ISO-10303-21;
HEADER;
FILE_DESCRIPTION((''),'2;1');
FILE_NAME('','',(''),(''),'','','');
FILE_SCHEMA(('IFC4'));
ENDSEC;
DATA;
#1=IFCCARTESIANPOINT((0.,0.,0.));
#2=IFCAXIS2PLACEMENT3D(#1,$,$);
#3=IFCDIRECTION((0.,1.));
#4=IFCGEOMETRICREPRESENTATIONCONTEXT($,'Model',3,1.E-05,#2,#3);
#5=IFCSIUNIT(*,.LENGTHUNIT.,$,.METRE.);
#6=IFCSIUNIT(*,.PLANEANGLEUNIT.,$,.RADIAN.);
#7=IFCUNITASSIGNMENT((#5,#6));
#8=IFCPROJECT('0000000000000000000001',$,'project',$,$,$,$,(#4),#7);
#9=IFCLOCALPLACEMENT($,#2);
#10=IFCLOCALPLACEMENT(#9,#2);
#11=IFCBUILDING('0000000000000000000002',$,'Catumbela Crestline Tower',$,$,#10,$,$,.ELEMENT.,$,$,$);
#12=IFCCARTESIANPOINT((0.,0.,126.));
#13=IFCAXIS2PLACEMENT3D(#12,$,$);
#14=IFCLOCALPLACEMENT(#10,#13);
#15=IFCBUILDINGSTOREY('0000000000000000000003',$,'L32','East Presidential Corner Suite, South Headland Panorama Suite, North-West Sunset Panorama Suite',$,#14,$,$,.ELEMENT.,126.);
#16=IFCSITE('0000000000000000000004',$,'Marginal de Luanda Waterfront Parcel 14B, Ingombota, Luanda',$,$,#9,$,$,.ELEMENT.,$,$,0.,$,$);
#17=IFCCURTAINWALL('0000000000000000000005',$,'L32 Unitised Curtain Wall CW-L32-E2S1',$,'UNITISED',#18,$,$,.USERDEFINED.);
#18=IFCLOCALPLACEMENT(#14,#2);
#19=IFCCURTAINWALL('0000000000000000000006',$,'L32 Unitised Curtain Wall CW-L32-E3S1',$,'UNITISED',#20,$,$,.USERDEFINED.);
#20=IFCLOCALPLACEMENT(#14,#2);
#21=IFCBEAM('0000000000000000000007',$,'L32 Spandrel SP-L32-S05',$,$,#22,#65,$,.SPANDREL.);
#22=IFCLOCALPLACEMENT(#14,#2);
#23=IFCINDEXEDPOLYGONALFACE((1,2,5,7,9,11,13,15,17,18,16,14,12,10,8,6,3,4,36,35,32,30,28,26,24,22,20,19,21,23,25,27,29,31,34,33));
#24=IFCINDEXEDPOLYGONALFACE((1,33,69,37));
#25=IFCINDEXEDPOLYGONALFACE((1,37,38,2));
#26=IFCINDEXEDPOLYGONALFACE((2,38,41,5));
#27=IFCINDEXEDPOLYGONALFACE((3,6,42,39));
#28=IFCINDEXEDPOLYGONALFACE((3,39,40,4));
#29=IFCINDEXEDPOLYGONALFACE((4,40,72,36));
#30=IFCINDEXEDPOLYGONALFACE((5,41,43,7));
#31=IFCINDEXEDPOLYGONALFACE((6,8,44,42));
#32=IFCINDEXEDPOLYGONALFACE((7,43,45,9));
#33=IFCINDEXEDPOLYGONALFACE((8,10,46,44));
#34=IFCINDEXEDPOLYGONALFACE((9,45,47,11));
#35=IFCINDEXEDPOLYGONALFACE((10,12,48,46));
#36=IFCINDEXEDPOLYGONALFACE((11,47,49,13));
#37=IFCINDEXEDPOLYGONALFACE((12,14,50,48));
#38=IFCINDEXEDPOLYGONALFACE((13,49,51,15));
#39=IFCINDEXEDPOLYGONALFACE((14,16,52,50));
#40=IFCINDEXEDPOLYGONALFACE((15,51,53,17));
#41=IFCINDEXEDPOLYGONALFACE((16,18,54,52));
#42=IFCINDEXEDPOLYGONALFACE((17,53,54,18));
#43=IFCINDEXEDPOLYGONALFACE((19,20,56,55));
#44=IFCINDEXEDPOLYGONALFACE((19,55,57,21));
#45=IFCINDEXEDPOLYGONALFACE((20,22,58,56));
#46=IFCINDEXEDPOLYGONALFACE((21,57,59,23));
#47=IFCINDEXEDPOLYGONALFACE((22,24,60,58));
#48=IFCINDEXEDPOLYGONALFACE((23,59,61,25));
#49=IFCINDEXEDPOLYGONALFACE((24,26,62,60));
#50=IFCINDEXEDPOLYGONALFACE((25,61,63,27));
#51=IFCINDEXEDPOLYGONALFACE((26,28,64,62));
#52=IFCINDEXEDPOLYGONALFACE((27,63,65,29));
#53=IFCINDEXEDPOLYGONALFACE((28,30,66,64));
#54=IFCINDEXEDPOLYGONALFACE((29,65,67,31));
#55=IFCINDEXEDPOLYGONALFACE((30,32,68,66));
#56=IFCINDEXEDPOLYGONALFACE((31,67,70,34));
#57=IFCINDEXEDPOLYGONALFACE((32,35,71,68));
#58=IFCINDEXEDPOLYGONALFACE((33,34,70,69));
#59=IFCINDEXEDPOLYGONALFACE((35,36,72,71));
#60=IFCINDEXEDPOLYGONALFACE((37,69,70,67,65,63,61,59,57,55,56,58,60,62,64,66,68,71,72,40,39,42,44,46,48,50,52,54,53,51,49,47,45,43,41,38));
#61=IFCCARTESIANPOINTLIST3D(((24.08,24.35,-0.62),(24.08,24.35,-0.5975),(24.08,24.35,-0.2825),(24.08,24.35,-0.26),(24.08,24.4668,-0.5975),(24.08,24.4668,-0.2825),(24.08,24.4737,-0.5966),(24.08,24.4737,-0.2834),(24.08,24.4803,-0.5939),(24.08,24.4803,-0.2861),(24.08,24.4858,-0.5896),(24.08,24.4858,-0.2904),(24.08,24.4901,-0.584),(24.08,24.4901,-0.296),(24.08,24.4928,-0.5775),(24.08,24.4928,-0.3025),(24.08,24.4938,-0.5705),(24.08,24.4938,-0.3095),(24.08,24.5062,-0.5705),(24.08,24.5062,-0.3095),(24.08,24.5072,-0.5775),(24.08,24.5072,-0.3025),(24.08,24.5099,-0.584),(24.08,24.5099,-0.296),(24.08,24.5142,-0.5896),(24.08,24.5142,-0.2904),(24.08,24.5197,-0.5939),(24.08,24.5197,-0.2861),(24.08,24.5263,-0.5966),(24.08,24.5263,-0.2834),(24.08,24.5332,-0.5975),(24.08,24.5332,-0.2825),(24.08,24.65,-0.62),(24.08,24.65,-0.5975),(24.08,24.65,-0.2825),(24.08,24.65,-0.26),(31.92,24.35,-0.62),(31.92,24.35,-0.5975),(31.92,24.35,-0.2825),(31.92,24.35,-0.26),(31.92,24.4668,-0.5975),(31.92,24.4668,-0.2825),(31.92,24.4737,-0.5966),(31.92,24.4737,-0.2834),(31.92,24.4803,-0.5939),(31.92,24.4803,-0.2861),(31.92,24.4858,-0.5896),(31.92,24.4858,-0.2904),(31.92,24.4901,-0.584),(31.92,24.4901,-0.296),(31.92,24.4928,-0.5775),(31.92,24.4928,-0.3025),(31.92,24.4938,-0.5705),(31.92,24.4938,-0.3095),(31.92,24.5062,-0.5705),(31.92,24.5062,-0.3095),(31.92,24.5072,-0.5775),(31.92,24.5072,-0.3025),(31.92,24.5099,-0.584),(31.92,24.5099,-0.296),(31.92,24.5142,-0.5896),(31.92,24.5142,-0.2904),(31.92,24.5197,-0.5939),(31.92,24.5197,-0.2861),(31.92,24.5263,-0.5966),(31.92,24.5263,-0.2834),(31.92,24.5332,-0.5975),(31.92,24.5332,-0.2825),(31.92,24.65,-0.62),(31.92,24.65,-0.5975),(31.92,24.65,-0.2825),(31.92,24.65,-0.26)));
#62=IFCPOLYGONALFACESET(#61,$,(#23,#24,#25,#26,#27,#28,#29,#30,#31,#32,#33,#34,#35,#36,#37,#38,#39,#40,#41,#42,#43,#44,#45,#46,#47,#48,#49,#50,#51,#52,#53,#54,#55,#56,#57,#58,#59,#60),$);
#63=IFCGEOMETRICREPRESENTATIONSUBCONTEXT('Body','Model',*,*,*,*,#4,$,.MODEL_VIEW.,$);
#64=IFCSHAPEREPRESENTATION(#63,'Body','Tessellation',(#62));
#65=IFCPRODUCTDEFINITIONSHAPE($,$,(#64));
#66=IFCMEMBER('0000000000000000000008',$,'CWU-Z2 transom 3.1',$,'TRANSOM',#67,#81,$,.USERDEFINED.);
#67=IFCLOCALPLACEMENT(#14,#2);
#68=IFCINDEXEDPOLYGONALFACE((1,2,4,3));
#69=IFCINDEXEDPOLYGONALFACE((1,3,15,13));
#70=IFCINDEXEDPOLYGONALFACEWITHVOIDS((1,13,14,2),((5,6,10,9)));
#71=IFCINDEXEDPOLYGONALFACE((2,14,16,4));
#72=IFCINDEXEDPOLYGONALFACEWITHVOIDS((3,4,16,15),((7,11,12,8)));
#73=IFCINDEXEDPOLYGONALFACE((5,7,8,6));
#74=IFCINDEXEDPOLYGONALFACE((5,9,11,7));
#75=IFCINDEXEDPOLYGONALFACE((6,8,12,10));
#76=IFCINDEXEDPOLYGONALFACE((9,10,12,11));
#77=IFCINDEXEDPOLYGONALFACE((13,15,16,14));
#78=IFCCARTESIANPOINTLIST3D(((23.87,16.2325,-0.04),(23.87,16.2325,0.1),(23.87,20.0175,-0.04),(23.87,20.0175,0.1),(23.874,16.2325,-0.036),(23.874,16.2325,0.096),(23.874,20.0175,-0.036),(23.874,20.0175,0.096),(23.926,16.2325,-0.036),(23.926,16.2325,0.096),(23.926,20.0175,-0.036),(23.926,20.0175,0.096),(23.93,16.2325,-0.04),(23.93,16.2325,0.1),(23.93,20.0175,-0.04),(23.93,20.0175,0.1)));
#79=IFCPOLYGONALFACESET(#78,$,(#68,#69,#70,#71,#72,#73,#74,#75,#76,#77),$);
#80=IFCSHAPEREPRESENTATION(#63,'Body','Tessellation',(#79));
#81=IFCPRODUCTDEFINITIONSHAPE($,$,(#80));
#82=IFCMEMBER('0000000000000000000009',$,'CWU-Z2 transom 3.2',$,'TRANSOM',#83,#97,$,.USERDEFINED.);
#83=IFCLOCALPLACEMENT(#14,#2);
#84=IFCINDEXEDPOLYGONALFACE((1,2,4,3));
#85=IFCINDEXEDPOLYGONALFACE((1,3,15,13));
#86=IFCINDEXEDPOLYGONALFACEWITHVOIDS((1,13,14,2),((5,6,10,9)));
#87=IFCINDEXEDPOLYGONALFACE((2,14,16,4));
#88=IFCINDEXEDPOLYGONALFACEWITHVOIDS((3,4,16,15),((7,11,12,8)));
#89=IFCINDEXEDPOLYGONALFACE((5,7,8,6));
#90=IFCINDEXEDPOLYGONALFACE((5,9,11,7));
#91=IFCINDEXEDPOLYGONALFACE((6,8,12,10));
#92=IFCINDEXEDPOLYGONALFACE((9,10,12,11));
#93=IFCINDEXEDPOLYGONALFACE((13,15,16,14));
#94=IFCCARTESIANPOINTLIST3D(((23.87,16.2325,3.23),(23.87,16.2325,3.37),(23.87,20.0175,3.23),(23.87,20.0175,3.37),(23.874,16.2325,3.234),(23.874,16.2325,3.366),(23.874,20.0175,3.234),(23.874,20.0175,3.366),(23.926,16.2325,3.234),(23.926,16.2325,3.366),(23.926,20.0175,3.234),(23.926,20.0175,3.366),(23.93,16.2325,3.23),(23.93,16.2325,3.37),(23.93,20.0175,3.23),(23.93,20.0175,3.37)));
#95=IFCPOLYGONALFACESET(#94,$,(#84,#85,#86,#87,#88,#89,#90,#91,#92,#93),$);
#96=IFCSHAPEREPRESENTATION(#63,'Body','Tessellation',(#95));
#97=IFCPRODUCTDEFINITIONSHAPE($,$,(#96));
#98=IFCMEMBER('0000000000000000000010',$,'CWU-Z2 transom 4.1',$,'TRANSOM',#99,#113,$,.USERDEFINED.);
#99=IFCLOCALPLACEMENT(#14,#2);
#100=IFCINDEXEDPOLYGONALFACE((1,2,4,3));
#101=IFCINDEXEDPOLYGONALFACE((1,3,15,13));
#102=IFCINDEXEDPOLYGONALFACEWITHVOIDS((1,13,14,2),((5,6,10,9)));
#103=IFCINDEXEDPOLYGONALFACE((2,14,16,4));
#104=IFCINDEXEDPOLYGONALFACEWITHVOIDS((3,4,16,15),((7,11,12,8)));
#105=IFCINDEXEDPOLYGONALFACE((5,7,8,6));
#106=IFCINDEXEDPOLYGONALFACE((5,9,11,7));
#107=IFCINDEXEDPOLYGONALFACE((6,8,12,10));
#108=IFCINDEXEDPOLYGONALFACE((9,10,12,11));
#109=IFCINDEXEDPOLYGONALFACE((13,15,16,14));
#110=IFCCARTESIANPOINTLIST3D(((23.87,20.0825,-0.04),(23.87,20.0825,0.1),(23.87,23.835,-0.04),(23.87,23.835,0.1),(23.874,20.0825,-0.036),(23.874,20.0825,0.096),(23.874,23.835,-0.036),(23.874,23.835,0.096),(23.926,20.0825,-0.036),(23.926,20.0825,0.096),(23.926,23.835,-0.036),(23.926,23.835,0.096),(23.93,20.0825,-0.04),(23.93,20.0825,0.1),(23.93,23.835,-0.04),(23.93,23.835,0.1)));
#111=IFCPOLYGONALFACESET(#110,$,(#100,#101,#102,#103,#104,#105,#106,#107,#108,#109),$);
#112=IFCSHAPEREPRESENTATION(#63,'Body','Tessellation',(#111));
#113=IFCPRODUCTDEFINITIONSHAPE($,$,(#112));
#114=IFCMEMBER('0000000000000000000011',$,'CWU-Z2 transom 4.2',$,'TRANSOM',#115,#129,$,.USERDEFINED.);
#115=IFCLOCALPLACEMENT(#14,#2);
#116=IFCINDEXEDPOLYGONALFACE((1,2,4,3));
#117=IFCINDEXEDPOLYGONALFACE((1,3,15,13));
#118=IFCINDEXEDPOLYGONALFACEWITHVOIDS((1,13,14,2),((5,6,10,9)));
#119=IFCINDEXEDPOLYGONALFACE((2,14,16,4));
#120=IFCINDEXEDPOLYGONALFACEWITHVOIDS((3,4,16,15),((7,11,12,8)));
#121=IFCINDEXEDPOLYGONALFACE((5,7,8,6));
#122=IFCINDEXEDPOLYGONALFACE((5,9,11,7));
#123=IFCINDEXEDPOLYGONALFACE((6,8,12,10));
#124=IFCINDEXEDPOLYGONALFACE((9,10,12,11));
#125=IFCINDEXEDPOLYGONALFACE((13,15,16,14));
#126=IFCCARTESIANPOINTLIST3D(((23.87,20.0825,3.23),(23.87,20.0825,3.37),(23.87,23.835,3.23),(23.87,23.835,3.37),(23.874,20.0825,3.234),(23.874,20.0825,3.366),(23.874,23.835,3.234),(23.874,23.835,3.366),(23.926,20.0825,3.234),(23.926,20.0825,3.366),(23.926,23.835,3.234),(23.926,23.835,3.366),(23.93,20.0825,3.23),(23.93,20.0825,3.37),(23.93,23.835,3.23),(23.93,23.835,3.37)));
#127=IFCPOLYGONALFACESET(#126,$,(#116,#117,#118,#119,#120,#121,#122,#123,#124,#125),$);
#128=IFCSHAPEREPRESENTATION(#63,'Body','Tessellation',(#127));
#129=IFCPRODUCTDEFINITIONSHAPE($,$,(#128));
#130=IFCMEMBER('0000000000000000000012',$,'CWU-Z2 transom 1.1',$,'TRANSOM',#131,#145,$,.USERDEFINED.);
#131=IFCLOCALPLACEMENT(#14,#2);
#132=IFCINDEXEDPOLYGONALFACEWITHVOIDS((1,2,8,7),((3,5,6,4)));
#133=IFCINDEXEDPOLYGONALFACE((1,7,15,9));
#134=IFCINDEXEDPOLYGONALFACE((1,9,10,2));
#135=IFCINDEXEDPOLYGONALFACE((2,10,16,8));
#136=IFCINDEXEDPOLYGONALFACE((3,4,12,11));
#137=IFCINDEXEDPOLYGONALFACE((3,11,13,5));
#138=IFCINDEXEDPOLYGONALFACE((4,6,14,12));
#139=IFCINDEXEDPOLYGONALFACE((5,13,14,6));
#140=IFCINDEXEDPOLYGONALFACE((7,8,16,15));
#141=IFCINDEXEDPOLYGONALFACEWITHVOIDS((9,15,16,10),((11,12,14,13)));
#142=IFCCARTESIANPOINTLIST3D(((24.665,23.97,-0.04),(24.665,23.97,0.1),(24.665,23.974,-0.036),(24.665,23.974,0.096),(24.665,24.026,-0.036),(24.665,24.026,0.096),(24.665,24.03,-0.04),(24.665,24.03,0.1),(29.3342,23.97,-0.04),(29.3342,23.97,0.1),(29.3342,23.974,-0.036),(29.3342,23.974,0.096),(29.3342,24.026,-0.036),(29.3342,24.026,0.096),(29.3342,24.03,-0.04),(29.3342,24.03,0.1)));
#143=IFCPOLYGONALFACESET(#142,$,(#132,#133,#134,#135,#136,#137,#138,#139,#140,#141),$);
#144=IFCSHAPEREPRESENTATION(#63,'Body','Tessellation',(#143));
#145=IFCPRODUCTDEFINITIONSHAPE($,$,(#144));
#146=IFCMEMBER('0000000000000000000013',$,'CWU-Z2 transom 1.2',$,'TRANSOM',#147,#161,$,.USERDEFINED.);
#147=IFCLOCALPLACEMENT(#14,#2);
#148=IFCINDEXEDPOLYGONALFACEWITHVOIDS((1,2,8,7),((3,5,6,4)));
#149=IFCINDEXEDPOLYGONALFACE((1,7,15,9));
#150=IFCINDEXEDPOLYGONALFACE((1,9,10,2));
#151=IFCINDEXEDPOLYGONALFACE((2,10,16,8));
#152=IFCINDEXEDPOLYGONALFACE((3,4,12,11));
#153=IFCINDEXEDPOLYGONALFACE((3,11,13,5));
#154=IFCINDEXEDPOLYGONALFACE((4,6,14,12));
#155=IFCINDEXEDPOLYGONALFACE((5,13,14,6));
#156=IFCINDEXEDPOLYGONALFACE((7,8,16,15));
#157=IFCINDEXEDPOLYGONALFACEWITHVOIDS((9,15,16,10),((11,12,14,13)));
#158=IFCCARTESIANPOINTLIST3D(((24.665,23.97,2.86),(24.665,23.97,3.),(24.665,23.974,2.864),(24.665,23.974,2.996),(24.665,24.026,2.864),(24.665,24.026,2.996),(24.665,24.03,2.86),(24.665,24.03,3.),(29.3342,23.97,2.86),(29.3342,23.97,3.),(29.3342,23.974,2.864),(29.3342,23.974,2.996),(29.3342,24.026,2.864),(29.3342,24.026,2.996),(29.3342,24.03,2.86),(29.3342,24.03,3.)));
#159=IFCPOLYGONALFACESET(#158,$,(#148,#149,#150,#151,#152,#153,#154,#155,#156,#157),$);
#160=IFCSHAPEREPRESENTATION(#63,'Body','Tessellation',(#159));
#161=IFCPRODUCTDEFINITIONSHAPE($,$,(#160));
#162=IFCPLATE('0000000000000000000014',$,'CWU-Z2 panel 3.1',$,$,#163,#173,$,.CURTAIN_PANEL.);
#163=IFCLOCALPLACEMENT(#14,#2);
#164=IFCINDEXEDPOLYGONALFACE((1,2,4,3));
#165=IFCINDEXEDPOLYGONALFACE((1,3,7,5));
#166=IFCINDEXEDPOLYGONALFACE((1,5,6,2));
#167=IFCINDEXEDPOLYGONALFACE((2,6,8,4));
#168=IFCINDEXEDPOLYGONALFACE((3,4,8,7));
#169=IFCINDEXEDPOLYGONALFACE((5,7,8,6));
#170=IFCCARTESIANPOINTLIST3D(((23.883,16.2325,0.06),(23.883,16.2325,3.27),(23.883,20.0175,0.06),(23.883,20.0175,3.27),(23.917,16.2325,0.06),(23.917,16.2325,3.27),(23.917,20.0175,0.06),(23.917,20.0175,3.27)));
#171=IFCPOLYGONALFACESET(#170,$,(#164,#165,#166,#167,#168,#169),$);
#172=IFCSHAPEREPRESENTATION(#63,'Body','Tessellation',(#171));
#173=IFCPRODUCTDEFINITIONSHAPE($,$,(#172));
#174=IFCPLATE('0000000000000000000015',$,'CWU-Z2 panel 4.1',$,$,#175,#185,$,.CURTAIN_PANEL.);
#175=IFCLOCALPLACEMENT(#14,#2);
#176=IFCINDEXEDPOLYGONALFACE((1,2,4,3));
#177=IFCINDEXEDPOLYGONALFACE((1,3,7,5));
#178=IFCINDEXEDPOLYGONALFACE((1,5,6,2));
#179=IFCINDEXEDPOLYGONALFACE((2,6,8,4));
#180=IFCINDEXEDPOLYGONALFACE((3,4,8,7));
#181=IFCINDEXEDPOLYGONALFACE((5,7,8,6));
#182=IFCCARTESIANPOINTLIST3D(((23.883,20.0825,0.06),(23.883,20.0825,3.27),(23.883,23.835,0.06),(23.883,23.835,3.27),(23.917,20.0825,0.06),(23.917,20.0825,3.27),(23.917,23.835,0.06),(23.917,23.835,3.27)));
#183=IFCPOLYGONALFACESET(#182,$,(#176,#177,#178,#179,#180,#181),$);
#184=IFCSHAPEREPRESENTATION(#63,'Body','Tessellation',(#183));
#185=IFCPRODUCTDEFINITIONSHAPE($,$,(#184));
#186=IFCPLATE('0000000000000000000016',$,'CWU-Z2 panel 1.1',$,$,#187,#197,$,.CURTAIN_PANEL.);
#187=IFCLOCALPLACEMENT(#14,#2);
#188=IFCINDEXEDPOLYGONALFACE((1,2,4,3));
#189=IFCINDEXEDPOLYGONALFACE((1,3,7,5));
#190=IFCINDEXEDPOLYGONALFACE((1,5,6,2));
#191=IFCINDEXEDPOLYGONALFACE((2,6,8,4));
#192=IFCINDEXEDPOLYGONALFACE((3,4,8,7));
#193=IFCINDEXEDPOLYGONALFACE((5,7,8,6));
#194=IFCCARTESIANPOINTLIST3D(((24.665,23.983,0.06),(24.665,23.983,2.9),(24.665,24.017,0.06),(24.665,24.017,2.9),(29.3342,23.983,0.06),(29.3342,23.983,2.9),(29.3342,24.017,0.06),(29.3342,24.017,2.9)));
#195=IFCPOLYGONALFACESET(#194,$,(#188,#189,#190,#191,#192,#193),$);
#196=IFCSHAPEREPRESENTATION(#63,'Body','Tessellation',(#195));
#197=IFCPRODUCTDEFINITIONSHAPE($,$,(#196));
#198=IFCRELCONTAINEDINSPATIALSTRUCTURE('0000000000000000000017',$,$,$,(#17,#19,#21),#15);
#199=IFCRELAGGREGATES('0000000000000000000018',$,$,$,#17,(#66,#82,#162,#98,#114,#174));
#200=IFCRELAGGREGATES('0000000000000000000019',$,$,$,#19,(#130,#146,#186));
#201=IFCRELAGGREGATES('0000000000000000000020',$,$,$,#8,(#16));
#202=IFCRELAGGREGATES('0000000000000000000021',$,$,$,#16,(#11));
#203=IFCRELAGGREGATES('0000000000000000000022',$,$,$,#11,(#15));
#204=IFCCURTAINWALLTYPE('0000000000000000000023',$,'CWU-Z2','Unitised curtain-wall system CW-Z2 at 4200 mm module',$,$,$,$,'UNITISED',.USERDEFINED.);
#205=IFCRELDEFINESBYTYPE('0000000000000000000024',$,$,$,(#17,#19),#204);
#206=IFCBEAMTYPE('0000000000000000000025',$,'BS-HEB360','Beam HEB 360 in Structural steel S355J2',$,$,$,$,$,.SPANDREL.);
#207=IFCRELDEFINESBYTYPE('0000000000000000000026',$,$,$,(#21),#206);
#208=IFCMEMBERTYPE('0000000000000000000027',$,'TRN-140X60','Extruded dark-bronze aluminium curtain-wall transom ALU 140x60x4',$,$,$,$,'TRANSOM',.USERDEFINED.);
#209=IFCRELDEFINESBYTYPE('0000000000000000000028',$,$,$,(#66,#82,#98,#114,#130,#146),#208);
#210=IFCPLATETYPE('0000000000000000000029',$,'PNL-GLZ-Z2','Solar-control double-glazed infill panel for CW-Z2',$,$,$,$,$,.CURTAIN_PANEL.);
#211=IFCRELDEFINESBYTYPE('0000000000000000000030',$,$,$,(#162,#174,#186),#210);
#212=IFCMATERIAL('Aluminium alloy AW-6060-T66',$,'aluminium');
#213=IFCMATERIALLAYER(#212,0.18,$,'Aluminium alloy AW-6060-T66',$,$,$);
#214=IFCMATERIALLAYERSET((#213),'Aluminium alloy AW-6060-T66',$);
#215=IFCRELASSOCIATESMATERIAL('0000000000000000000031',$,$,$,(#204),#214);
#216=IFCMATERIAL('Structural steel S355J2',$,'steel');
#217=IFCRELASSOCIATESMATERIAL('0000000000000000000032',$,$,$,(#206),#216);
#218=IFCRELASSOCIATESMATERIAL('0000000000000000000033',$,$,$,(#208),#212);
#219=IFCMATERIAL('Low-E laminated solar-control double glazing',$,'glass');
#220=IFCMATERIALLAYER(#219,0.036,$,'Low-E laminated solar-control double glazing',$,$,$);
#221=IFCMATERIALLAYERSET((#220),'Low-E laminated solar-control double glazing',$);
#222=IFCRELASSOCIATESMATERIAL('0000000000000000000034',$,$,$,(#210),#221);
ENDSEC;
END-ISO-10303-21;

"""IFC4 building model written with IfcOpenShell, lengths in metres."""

from ifc_helpers import new_model, si_unit, direction, frame, origin, origin_2d, place, context, subcontext, project, spatial, rectangle, hollow_rectangle, i_section, extrude, material, layer, layer_set, material_profile, profile_set, type_object, element, aggregate, save


model = new_model("IFC4")

# Units and contexts
model_context = context("Model", 3, precision=1e-05, world=origin(), true_north=direction((0.0, 1.0)))
body_context = subcontext(model_context, "Body", "Model", "MODEL_VIEW")
ifc_project = project(units=[si_unit("LENGTHUNIT", "METRE"), si_unit("PLANEANGLEUNIT", "RADIAN")], contexts=[model_context])

# Site, building, storey
site_placement = place(None, origin())
site = spatial("IfcSite", under=ifc_project, at=site_placement, Name="Marginal de Luanda Waterfront Parcel 14B, Ingombota, Luanda", CompositionType="ELEMENT", RefElevation=0.0)
building_placement = place(site_placement, origin())
building = spatial("IfcBuilding", under=site, at=building_placement, Name="Catumbela Crestline Tower", CompositionType="ELEMENT")
storey_placement = place(building_placement, frame((0.0, 0.0, 126.0)))
storey = spatial("IfcBuildingStorey", under=building, at=storey_placement, Name="L32", Description="East Presidential Corner Suite, South Headland Panorama Suite, North-West Sunset Panorama Suite", CompositionType="ELEMENT", Elevation=126.0)

# Shared definitions
ifc_material_1 = material(Name="Structural steel S355J2", Category="steel")

# Curtain wall
ifc_material_2 = material(Name="Aluminium alloy AW-6060-T66", Category="aluminium")
ifc_layer_1 = layer(ifc_material_2, 0.18, Name="Aluminium alloy AW-6060-T66")
ifc_layer_set_1 = layer_set([ifc_layer_1], Name="Aluminium alloy AW-6060-T66")
curtain_wall_type = type_object("IfcCurtainWallType", Name="CWU-Z2", Description="Unitised curtain-wall system CW-Z2 at 4200 mm module", ElementType="UNITISED", PredefinedType="USERDEFINED", material=ifc_layer_set_1)
curtain_wall_1_placement = place(storey_placement, origin())
curtain_wall_1 = element("IfcCurtainWall", 1, at=curtain_wall_1_placement, inside=storey, type_object=curtain_wall_type, Name="L32 Unitised Curtain Wall CW-L32-E2S1", ObjectType="UNITISED", PredefinedType="USERDEFINED")

# Curtain wall
curtain_wall_2_placement = place(storey_placement, origin())
curtain_wall_2 = element("IfcCurtainWall", 2, at=curtain_wall_2_placement, inside=storey, type_object=curtain_wall_type, Name="L32 Unitised Curtain Wall CW-L32-E3S1", ObjectType="UNITISED", PredefinedType="USERDEFINED")

# Beam
ifc_material_profile_1 = material_profile(ifc_material_1, i_section(OverallWidth=0.3, OverallDepth=0.36, WebThickness=0.0125, FlangeThickness=0.0225, FilletRadius=0.027, at=origin_2d()), Name="HEB 360")
ifc_profile_set_1 = profile_set([ifc_material_profile_1], Name="Structural steel S355J2")
beam_type_1 = type_object("IfcBeamType", Name="BS-HEB360", Description="Beam HEB 360 in Structural steel S355J2", PredefinedType="SPANDREL", material=ifc_profile_set_1)
beam_1_placement = place(storey_placement, frame((24.08, 24.5, -0.44), z_axis=(1.0, 0.0, 0.0), x_axis=(0.0, 1.0, 0.0)))
element("IfcBeam", 3, at=beam_1_placement, inside=storey, type_object=beam_type_1, Name="L32 Spandrel SP-L32-S05", PredefinedType="SPANDREL", context=body_context, shape_type="SweptSolid", body=[
    extrude(i_section(OverallWidth=0.3, OverallDepth=0.36, WebThickness=0.0125, FlangeThickness=0.0225, FilletRadius=0.027, at=origin_2d()), origin(), (0.0, 0.0, 1.0), 7.84),
])

# Members
ifc_material_profile_2 = material_profile(ifc_material_2, hollow_rectangle(XDim=0.06, YDim=0.14, WallThickness=0.004, at=origin_2d()), Name="ALU 140x60x4")
ifc_profile_set_2 = profile_set([ifc_material_profile_2], Name="Aluminium alloy AW-6060-T66")
member_type_1 = type_object("IfcMemberType", Name="TRN-140X60", Description="Extruded dark-bronze aluminium curtain-wall transom ALU 140x60x4", ElementType="TRANSOM", PredefinedType="USERDEFINED", material=ifc_profile_set_2)
member_1_placement = place(storey_placement, frame((23.9, 16.2325, 0.03), z_axis=(0.0, 1.0, 0.0), x_axis=(-1.0, 0.0, 0.0)))
member_1 = element("IfcMember", 4, at=member_1_placement, type_object=member_type_1, Name="CWU-Z2 transom 3.1", ObjectType="TRANSOM", PredefinedType="USERDEFINED", context=body_context, shape_type="SweptSolid", body=[
    extrude(hollow_rectangle(XDim=0.06, YDim=0.14, WallThickness=0.004, at=origin_2d()), origin(), (0.0, 0.0, 1.0), 3.785),
])
member_2_placement = place(storey_placement, frame((23.9, 16.2325, 3.3), z_axis=(0.0, 1.0, 0.0), x_axis=(-1.0, 0.0, 0.0)))
member_2 = element("IfcMember", 5, at=member_2_placement, type_object=member_type_1, Name="CWU-Z2 transom 3.2", ObjectType="TRANSOM", PredefinedType="USERDEFINED", context=body_context, shape_type="SweptSolid", body=[
    extrude(hollow_rectangle(XDim=0.06, YDim=0.14, WallThickness=0.004, at=origin_2d()), origin(), (0.0, 0.0, 1.0), 3.785),
])
member_3_placement = place(storey_placement, frame((23.9, 20.0825, 0.03), z_axis=(0.0, 1.0, 0.0), x_axis=(-1.0, 0.0, 0.0)))
member_3 = element("IfcMember", 6, at=member_3_placement, type_object=member_type_1, Name="CWU-Z2 transom 4.1", ObjectType="TRANSOM", PredefinedType="USERDEFINED", context=body_context, shape_type="SweptSolid", body=[
    extrude(hollow_rectangle(XDim=0.06, YDim=0.14, WallThickness=0.004, at=origin_2d()), origin(), (0.0, 0.0, 1.0), 3.7525),
])
member_4_placement = place(storey_placement, frame((23.9, 20.0825, 3.3), z_axis=(0.0, 1.0, 0.0), x_axis=(-1.0, 0.0, 0.0)))
member_4 = element("IfcMember", 7, at=member_4_placement, type_object=member_type_1, Name="CWU-Z2 transom 4.2", ObjectType="TRANSOM", PredefinedType="USERDEFINED", context=body_context, shape_type="SweptSolid", body=[
    extrude(hollow_rectangle(XDim=0.06, YDim=0.14, WallThickness=0.004, at=origin_2d()), origin(), (0.0, 0.0, 1.0), 3.7525),
])
member_5_placement = place(storey_placement, frame((24.665, 24.0, 0.03), z_axis=(1.0, 0.0, 0.0), x_axis=(0.0, 1.0, 0.0)))
member_5 = element("IfcMember", 8, at=member_5_placement, type_object=member_type_1, Name="CWU-Z2 transom 1.1", ObjectType="TRANSOM", PredefinedType="USERDEFINED", context=body_context, shape_type="SweptSolid", body=[
    extrude(hollow_rectangle(XDim=0.06, YDim=0.14, WallThickness=0.004, at=origin_2d()), origin(), (0.0, 0.0, 1.0), 4.6692),
])
member_6_placement = place(storey_placement, frame((24.665, 24.0, 2.93), z_axis=(1.0, 0.0, 0.0), x_axis=(0.0, 1.0, 0.0)))
member_6 = element("IfcMember", 9, at=member_6_placement, type_object=member_type_1, Name="CWU-Z2 transom 1.2", ObjectType="TRANSOM", PredefinedType="USERDEFINED", context=body_context, shape_type="SweptSolid", body=[
    extrude(hollow_rectangle(XDim=0.06, YDim=0.14, WallThickness=0.004, at=origin_2d()), origin(), (0.0, 0.0, 1.0), 4.6692),
])

# Plates
ifc_material_3 = material(Name="Low-E laminated solar-control double glazing", Category="glass")
ifc_layer_2 = layer(ifc_material_3, 0.036, Name="Low-E laminated solar-control double glazing")
ifc_layer_set_2 = layer_set([ifc_layer_2], Name="Low-E laminated solar-control double glazing")
plate_type = type_object("IfcPlateType", Name="PNL-GLZ-Z2", Description="Solar-control double-glazed infill panel for CW-Z2", PredefinedType="CURTAIN_PANEL", material=ifc_layer_set_2)
plate_1_placement = place(storey_placement, frame((23.9, 18.125, 0.06), z_axis=(0.0, 0.0, 1.0), x_axis=(0.0, 1.0, 0.0)))
plate_1 = element("IfcPlate", 10, at=plate_1_placement, type_object=plate_type, Name="CWU-Z2 panel 3.1", PredefinedType="CURTAIN_PANEL", context=body_context, shape_type="SweptSolid", body=[
    extrude(rectangle(XDim=3.785, YDim=0.034, at=origin_2d()), origin(), (0.0, 0.0, 1.0), 3.21),
])
plate_2_placement = place(storey_placement, frame((23.9, 21.9587, 0.06), z_axis=(0.0, 0.0, 1.0), x_axis=(0.0, 1.0, 0.0)))
plate_2 = element("IfcPlate", 11, at=plate_2_placement, type_object=plate_type, Name="CWU-Z2 panel 4.1", PredefinedType="CURTAIN_PANEL", context=body_context, shape_type="SweptSolid", body=[
    extrude(rectangle(XDim=3.7525, YDim=0.034, at=origin_2d()), origin(), (0.0, 0.0, 1.0), 3.21),
])
aggregate(curtain_wall_1, [member_1, member_2, plate_1, member_3, member_4, plate_2])
plate_3_placement = place(storey_placement, frame((26.9996, 24.0, 0.06), z_axis=(0.0, 0.0, 1.0), x_axis=(1.0, 0.0, 0.0)))
plate_3 = element("IfcPlate", 12, at=plate_3_placement, type_object=plate_type, Name="CWU-Z2 panel 1.1", PredefinedType="CURTAIN_PANEL", context=body_context, shape_type="SweptSolid", body=[
    extrude(rectangle(XDim=4.6692, YDim=0.034, at=origin_2d()), origin(), (0.0, 0.0, 1.0), 2.84),
])
aggregate(curtain_wall_2, [member_5, member_6, plate_3])

save(model, "model.ifc")
